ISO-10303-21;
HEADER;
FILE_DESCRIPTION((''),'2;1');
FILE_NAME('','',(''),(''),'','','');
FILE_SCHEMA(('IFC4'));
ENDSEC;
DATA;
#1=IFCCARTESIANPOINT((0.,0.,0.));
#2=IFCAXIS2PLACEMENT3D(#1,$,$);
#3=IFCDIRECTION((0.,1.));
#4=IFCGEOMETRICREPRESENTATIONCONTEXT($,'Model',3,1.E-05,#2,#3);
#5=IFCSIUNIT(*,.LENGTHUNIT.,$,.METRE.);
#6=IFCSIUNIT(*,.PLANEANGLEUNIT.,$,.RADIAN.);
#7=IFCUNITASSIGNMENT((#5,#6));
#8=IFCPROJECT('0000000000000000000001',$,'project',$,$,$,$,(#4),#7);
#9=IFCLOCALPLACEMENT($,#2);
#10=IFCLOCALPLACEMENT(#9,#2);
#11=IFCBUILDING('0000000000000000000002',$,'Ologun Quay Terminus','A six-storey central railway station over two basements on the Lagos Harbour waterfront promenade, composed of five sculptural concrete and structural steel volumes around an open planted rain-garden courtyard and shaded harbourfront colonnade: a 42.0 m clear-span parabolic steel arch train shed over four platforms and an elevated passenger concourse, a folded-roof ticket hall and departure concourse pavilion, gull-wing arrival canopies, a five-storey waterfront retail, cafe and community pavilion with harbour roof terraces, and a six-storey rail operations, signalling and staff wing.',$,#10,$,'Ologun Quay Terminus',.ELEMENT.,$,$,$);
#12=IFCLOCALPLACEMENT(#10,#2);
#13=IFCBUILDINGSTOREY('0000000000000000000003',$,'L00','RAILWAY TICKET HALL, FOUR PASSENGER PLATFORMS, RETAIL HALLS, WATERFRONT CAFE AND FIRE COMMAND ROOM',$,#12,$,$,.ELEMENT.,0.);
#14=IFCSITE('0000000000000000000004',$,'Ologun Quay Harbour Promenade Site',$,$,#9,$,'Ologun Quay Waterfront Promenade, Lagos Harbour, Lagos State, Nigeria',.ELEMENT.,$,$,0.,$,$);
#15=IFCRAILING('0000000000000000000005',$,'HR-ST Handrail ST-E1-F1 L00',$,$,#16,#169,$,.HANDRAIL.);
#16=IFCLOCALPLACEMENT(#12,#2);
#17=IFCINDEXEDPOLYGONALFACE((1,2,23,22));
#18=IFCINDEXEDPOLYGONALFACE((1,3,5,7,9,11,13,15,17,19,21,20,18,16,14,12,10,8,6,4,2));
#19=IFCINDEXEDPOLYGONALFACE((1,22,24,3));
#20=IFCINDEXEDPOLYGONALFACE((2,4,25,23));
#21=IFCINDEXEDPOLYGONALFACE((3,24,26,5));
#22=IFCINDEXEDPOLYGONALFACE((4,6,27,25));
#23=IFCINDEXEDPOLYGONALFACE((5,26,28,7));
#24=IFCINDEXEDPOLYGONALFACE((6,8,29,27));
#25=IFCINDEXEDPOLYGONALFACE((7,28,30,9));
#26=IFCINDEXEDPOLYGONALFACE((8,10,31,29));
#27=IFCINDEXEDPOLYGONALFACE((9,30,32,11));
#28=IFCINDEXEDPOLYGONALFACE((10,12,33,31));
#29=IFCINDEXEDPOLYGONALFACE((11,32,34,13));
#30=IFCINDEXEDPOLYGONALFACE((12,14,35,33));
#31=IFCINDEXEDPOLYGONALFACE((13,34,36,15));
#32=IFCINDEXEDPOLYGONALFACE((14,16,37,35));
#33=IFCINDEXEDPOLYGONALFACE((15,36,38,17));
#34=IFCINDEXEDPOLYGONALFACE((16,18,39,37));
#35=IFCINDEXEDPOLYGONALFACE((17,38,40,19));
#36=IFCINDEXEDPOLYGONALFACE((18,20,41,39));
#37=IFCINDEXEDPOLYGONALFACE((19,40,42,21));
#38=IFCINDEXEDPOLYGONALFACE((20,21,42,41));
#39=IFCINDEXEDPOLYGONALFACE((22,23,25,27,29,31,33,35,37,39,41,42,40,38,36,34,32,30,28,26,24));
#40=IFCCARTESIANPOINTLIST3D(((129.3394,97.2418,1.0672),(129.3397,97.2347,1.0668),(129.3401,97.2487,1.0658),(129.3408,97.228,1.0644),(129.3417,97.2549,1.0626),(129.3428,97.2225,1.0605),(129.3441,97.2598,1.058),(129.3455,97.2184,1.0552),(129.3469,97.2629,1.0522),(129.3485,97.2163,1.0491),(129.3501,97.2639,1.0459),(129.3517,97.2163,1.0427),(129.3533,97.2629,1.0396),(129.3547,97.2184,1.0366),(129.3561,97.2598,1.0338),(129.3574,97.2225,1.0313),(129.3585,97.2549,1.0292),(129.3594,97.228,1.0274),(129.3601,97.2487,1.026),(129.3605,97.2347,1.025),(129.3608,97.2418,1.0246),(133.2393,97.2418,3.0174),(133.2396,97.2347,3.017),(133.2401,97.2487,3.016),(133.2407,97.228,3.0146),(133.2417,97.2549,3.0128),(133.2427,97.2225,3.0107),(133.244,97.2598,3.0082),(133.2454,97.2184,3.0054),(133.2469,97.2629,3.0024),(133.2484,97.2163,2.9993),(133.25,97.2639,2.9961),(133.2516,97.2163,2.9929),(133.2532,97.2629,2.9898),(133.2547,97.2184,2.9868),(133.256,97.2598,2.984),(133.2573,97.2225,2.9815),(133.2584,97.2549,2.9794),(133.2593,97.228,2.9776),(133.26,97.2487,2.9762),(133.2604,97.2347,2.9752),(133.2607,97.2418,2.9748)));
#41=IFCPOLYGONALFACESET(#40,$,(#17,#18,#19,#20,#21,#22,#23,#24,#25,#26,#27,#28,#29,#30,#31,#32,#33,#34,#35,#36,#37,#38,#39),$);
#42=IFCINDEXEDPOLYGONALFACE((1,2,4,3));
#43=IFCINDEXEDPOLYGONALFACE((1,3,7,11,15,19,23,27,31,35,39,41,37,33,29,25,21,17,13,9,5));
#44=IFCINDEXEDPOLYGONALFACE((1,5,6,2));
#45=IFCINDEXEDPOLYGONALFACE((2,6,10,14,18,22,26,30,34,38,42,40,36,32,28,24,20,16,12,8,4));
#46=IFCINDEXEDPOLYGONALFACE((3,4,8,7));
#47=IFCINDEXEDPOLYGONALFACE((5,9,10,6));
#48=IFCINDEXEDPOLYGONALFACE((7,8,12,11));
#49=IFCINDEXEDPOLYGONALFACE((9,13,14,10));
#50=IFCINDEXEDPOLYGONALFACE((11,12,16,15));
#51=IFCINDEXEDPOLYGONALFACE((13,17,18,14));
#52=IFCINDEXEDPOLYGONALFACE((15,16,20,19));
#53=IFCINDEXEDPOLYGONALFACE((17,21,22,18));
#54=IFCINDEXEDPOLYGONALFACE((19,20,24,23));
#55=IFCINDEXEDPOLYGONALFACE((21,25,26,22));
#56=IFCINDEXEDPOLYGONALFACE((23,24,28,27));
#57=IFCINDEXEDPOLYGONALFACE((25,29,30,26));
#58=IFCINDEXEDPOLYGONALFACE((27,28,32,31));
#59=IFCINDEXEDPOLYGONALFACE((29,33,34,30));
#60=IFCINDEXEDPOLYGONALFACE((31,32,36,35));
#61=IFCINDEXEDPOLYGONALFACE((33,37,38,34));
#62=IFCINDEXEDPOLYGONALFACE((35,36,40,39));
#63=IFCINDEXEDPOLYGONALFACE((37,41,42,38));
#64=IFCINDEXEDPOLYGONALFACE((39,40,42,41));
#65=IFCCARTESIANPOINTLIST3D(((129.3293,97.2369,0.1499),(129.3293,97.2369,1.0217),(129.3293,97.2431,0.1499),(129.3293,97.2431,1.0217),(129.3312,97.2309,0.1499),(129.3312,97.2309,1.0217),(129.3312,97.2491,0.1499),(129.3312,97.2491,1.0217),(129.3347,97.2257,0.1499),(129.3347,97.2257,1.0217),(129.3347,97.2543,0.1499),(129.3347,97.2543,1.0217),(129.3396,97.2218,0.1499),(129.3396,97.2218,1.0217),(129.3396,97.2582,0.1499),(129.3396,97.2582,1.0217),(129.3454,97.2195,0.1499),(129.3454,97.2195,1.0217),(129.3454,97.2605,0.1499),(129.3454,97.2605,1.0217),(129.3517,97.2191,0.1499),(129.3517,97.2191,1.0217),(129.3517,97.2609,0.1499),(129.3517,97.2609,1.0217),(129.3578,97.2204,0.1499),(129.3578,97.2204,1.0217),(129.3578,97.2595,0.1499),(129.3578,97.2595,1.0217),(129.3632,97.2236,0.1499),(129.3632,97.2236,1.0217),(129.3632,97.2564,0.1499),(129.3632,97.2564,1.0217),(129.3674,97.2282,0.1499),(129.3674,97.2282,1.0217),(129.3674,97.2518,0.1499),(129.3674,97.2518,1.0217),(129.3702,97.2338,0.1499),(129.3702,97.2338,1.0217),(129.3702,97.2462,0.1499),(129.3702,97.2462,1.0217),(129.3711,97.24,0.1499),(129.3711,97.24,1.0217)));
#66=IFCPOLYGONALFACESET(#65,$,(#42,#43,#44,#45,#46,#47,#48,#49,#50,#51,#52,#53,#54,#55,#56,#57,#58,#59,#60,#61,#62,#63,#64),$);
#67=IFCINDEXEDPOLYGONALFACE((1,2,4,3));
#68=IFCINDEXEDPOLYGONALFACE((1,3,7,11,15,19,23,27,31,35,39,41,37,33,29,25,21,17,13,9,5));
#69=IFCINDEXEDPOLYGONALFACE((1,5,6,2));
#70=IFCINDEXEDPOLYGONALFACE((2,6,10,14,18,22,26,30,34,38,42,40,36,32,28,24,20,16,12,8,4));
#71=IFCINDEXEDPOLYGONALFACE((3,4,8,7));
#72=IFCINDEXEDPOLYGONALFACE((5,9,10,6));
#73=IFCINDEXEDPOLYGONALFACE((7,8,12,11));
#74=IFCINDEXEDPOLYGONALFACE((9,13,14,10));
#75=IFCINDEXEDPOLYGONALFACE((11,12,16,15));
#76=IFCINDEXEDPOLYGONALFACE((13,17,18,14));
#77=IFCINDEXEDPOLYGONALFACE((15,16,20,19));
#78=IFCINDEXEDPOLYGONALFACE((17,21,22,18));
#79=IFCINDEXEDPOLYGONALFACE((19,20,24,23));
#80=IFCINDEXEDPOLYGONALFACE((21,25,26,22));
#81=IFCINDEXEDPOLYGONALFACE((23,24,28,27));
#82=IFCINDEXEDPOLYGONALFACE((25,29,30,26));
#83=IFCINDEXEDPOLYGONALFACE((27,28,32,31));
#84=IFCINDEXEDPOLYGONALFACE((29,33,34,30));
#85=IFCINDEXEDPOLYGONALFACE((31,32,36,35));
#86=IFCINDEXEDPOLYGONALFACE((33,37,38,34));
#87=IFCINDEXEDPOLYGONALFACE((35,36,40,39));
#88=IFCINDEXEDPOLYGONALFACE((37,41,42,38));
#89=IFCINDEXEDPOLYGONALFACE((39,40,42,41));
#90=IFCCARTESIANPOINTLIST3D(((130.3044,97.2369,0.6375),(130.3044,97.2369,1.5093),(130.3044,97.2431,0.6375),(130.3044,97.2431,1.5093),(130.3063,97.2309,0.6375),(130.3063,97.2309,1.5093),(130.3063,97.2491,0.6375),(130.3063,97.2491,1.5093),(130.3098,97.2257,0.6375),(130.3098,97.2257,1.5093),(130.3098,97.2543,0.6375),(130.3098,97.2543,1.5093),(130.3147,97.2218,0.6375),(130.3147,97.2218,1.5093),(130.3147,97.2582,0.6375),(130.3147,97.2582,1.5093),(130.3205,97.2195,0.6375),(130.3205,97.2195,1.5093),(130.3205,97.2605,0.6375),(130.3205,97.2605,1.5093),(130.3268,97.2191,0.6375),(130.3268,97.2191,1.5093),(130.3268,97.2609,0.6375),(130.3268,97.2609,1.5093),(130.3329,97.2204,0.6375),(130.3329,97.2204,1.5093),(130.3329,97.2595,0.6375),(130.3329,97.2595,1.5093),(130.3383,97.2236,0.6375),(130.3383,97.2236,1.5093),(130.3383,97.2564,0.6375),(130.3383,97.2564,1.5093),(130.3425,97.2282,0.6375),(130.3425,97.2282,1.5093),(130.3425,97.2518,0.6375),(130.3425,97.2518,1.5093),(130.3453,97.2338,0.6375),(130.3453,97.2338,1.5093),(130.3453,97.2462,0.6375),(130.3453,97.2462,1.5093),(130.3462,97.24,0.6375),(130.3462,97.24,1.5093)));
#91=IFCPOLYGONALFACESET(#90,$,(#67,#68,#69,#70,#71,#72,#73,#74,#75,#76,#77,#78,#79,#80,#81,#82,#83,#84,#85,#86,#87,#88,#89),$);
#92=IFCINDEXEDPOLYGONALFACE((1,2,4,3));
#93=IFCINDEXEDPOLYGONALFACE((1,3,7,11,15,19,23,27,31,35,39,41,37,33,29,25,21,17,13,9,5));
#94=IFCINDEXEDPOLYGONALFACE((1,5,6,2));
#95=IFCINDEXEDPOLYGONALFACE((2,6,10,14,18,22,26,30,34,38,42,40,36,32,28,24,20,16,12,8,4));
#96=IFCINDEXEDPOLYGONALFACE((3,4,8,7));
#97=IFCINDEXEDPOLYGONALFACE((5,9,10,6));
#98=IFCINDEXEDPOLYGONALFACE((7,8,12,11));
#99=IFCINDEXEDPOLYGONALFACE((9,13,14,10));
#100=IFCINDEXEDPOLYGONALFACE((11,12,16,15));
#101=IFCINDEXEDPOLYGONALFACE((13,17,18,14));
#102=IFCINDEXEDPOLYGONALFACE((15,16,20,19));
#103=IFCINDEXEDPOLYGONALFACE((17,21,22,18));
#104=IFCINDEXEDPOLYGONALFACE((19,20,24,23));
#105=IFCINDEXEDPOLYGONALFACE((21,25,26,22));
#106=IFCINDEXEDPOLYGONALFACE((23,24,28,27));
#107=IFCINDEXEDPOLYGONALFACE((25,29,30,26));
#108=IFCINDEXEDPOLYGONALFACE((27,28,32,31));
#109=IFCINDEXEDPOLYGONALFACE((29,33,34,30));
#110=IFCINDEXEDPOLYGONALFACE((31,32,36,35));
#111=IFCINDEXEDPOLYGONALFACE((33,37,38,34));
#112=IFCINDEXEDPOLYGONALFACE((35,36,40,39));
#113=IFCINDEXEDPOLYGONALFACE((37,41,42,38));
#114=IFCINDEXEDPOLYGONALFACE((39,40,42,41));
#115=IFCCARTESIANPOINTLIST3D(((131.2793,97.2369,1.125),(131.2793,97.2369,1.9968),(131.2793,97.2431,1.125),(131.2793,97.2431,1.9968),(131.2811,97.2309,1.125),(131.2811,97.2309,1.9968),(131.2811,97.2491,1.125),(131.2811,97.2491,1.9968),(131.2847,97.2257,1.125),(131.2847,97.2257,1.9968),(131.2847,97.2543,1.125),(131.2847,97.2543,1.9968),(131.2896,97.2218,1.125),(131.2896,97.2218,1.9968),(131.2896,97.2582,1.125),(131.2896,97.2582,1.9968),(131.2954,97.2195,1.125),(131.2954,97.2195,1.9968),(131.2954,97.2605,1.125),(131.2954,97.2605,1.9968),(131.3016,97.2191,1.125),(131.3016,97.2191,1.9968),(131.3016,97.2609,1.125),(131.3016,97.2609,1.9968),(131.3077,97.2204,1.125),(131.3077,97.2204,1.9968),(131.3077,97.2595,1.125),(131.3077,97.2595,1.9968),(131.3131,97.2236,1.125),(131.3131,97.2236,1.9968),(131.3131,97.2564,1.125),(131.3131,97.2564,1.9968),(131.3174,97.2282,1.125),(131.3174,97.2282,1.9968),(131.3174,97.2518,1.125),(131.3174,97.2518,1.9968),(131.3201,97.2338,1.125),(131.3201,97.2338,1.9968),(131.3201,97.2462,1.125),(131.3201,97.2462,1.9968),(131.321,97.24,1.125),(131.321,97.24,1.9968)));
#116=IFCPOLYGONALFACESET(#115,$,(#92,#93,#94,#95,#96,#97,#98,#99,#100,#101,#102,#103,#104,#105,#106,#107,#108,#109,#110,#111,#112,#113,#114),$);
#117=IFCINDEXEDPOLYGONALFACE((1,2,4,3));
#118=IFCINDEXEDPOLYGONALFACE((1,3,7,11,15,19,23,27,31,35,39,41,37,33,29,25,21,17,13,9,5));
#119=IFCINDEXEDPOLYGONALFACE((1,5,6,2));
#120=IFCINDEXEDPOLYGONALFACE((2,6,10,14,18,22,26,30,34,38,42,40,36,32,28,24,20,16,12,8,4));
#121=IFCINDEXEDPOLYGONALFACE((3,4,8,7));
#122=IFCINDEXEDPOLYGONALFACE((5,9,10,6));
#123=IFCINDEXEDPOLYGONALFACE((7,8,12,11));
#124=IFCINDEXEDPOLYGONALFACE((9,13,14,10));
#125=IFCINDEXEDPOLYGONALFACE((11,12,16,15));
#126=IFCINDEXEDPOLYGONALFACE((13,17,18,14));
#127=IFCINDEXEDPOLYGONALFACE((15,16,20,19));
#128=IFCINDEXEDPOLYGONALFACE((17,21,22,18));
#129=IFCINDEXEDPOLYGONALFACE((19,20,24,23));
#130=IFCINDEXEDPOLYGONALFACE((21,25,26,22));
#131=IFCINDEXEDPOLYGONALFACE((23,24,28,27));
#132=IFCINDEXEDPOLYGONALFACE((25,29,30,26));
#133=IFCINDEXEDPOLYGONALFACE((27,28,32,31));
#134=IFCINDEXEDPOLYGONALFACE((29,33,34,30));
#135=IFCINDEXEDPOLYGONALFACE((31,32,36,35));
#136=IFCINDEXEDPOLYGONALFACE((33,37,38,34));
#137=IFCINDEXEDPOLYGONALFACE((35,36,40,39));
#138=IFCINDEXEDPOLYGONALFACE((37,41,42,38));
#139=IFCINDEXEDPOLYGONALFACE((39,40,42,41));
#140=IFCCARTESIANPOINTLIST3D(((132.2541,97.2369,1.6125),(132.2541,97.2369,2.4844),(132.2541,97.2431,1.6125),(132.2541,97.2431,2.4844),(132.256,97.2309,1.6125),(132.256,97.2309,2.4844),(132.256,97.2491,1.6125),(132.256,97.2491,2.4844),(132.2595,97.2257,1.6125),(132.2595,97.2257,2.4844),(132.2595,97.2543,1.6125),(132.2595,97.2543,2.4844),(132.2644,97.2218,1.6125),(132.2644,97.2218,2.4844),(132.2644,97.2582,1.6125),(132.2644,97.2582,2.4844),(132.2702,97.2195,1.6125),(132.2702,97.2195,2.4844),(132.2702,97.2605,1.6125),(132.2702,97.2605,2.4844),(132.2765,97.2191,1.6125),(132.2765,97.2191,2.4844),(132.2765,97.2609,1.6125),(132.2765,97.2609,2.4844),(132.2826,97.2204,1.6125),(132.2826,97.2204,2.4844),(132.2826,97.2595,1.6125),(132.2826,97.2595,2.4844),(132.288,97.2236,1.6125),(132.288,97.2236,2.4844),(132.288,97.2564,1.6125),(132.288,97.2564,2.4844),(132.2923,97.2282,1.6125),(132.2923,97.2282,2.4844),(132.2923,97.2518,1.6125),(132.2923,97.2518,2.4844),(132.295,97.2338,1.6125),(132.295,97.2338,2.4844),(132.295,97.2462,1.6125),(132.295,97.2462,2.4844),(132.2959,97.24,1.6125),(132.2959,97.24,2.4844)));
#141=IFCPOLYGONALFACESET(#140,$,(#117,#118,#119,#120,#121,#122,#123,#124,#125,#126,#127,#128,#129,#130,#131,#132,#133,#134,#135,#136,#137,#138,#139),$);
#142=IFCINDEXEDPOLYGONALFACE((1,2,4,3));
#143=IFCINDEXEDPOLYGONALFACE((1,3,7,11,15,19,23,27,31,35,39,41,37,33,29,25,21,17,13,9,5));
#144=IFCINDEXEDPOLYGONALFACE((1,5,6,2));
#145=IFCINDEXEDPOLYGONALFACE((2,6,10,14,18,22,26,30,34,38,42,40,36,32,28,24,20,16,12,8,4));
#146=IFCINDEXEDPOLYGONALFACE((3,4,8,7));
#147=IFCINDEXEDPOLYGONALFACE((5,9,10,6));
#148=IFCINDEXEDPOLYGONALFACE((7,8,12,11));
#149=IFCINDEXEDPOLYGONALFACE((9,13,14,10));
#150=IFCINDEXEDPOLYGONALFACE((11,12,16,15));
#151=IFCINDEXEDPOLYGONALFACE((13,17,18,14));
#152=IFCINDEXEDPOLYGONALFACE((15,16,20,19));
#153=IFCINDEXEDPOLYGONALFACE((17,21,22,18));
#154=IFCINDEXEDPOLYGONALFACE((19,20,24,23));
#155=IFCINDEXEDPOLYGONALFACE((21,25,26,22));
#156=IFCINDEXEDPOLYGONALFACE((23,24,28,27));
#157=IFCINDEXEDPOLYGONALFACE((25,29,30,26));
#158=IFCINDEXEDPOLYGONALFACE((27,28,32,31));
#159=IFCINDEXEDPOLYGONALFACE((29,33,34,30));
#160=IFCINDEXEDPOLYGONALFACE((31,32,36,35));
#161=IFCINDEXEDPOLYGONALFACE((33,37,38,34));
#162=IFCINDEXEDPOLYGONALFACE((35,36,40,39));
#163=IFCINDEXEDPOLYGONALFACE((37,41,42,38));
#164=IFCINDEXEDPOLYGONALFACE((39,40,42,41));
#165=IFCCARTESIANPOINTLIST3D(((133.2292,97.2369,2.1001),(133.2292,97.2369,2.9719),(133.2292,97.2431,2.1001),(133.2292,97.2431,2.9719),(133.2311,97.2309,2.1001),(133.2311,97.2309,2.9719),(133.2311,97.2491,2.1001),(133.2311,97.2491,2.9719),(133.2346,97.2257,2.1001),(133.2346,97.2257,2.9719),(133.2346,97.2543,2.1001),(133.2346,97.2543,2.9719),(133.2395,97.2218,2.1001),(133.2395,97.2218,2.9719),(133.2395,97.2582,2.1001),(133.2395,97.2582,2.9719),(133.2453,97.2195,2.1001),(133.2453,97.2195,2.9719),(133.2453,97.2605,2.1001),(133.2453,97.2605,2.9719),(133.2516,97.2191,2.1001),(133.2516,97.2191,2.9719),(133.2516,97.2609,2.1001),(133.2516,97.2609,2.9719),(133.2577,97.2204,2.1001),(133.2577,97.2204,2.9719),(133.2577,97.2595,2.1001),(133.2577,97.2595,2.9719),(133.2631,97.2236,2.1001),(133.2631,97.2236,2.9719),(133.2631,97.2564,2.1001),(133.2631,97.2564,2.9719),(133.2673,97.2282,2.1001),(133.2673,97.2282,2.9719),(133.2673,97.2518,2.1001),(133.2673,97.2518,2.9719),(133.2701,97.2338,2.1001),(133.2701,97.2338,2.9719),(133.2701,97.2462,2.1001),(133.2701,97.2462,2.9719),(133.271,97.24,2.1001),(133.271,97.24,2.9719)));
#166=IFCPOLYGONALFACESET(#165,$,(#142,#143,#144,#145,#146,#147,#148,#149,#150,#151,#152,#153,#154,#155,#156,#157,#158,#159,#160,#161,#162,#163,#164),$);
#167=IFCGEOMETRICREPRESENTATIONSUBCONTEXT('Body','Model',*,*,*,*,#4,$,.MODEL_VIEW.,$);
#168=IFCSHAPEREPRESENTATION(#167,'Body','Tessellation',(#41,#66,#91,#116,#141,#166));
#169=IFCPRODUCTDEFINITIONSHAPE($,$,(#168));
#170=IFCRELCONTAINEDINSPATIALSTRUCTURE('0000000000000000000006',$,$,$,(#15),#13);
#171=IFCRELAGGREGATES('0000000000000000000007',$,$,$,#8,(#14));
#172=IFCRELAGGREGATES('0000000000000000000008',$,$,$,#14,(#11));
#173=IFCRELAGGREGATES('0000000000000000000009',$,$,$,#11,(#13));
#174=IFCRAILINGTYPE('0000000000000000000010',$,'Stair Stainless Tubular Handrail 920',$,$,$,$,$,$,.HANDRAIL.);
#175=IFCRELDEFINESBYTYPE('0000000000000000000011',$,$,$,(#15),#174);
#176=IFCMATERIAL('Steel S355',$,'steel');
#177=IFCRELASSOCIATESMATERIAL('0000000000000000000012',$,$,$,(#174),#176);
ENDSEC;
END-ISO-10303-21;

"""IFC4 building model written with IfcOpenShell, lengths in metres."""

from ifc_helpers import new_model, si_unit, direction, frame, origin, origin_2d, place, context, subcontext, project, spatial, circle, extrude, material, type_object, element, save


model = new_model("IFC4")

# Units and contexts
model_context = context("Model", 3, precision=1e-05, world=origin(), true_north=direction((0.0, 1.0)))
body_context = subcontext(model_context, "Body", "Model", "MODEL_VIEW")
ifc_project = project(units=[si_unit("LENGTHUNIT", "METRE"), si_unit("PLANEANGLEUNIT", "RADIAN")], contexts=[model_context])

# Site, building, storey
site_placement = place(None, origin())
site = spatial("IfcSite", under=ifc_project, at=site_placement, Name="Ologun Quay Harbour Promenade Site", LongName="Ologun Quay Waterfront Promenade, Lagos Harbour, Lagos State, Nigeria", CompositionType="ELEMENT", RefElevation=0.0)
building_placement = place(site_placement, origin())
building = spatial("IfcBuilding", under=site, at=building_placement, Name="Ologun Quay Terminus", Description="A six-storey central railway station over two basements on the Lagos Harbour waterfront promenade, composed of five sculptural concrete and structural steel volumes around an open planted rain-garden courtyard and shaded harbourfront colonnade: a 42.0 m clear-span parabolic steel arch train shed over four platforms and an elevated passenger concourse, a folded-roof ticket hall and departure concourse pavilion, gull-wing arrival canopies, a five-storey waterfront retail, cafe and community pavilion with harbour roof terraces, and a six-storey rail operations, signalling and staff wing.", LongName="Ologun Quay Terminus", CompositionType="ELEMENT")
storey_placement = place(building_placement, origin())
storey = spatial("IfcBuildingStorey", under=building, at=storey_placement, Name="L00", Description="RAILWAY TICKET HALL, FOUR PASSENGER PLATFORMS, RETAIL HALLS, WATERFRONT CAFE AND FIRE COMMAND ROOM", CompositionType="ELEMENT", Elevation=0.0)

# Railing
ifc_material_1 = material(Name="Steel S355", Category="steel")
railing_type_1 = type_object("IfcRailingType", Name="Stair Stainless Tubular Handrail 920", PredefinedType="HANDRAIL", material=ifc_material_1)
railing_1_placement = place(storey_placement, frame((129.3501, 97.24, 0.1499)))
element("IfcRailing", 1, at=railing_1_placement, inside=storey, type_object=railing_type_1, Name="HR-ST Handrail ST-E1-F1 L00", PredefinedType="HANDRAIL", context=body_context, shape_type="SweptSolid", body=[
    extrude(circle(Radius=0.0239, at=origin_2d()), frame((0.0, 0.0, 0.896), z_axis=(0.894405, 0.0, 0.447258), x_axis=(0.0, 1.0, 0.0)), (0.0, 0.0, 1.0), 4.3604),
    extrude(circle(Radius=0.021, at=origin_2d()), origin(), (0.0, 0.0, 1.0), 0.8718),
    extrude(circle(Radius=0.021, at=origin_2d()), frame((0.9751, 0.0, 0.4875)), (0.0, 0.0, 1.0), 0.8718),
    extrude(circle(Radius=0.021, at=origin_2d()), frame((1.95, 0.0, 0.9751)), (0.0, 0.0, 1.0), 0.8718),
    extrude(circle(Radius=0.021, at=origin_2d()), frame((2.9248, 0.0, 1.4626)), (0.0, 0.0, 1.0), 0.8718),
    extrude(circle(Radius=0.021, at=origin_2d()), frame((3.8999, 0.0, 1.9502)), (0.0, 0.0, 1.0), 0.8718),
])

save(model, "model.ifc")
